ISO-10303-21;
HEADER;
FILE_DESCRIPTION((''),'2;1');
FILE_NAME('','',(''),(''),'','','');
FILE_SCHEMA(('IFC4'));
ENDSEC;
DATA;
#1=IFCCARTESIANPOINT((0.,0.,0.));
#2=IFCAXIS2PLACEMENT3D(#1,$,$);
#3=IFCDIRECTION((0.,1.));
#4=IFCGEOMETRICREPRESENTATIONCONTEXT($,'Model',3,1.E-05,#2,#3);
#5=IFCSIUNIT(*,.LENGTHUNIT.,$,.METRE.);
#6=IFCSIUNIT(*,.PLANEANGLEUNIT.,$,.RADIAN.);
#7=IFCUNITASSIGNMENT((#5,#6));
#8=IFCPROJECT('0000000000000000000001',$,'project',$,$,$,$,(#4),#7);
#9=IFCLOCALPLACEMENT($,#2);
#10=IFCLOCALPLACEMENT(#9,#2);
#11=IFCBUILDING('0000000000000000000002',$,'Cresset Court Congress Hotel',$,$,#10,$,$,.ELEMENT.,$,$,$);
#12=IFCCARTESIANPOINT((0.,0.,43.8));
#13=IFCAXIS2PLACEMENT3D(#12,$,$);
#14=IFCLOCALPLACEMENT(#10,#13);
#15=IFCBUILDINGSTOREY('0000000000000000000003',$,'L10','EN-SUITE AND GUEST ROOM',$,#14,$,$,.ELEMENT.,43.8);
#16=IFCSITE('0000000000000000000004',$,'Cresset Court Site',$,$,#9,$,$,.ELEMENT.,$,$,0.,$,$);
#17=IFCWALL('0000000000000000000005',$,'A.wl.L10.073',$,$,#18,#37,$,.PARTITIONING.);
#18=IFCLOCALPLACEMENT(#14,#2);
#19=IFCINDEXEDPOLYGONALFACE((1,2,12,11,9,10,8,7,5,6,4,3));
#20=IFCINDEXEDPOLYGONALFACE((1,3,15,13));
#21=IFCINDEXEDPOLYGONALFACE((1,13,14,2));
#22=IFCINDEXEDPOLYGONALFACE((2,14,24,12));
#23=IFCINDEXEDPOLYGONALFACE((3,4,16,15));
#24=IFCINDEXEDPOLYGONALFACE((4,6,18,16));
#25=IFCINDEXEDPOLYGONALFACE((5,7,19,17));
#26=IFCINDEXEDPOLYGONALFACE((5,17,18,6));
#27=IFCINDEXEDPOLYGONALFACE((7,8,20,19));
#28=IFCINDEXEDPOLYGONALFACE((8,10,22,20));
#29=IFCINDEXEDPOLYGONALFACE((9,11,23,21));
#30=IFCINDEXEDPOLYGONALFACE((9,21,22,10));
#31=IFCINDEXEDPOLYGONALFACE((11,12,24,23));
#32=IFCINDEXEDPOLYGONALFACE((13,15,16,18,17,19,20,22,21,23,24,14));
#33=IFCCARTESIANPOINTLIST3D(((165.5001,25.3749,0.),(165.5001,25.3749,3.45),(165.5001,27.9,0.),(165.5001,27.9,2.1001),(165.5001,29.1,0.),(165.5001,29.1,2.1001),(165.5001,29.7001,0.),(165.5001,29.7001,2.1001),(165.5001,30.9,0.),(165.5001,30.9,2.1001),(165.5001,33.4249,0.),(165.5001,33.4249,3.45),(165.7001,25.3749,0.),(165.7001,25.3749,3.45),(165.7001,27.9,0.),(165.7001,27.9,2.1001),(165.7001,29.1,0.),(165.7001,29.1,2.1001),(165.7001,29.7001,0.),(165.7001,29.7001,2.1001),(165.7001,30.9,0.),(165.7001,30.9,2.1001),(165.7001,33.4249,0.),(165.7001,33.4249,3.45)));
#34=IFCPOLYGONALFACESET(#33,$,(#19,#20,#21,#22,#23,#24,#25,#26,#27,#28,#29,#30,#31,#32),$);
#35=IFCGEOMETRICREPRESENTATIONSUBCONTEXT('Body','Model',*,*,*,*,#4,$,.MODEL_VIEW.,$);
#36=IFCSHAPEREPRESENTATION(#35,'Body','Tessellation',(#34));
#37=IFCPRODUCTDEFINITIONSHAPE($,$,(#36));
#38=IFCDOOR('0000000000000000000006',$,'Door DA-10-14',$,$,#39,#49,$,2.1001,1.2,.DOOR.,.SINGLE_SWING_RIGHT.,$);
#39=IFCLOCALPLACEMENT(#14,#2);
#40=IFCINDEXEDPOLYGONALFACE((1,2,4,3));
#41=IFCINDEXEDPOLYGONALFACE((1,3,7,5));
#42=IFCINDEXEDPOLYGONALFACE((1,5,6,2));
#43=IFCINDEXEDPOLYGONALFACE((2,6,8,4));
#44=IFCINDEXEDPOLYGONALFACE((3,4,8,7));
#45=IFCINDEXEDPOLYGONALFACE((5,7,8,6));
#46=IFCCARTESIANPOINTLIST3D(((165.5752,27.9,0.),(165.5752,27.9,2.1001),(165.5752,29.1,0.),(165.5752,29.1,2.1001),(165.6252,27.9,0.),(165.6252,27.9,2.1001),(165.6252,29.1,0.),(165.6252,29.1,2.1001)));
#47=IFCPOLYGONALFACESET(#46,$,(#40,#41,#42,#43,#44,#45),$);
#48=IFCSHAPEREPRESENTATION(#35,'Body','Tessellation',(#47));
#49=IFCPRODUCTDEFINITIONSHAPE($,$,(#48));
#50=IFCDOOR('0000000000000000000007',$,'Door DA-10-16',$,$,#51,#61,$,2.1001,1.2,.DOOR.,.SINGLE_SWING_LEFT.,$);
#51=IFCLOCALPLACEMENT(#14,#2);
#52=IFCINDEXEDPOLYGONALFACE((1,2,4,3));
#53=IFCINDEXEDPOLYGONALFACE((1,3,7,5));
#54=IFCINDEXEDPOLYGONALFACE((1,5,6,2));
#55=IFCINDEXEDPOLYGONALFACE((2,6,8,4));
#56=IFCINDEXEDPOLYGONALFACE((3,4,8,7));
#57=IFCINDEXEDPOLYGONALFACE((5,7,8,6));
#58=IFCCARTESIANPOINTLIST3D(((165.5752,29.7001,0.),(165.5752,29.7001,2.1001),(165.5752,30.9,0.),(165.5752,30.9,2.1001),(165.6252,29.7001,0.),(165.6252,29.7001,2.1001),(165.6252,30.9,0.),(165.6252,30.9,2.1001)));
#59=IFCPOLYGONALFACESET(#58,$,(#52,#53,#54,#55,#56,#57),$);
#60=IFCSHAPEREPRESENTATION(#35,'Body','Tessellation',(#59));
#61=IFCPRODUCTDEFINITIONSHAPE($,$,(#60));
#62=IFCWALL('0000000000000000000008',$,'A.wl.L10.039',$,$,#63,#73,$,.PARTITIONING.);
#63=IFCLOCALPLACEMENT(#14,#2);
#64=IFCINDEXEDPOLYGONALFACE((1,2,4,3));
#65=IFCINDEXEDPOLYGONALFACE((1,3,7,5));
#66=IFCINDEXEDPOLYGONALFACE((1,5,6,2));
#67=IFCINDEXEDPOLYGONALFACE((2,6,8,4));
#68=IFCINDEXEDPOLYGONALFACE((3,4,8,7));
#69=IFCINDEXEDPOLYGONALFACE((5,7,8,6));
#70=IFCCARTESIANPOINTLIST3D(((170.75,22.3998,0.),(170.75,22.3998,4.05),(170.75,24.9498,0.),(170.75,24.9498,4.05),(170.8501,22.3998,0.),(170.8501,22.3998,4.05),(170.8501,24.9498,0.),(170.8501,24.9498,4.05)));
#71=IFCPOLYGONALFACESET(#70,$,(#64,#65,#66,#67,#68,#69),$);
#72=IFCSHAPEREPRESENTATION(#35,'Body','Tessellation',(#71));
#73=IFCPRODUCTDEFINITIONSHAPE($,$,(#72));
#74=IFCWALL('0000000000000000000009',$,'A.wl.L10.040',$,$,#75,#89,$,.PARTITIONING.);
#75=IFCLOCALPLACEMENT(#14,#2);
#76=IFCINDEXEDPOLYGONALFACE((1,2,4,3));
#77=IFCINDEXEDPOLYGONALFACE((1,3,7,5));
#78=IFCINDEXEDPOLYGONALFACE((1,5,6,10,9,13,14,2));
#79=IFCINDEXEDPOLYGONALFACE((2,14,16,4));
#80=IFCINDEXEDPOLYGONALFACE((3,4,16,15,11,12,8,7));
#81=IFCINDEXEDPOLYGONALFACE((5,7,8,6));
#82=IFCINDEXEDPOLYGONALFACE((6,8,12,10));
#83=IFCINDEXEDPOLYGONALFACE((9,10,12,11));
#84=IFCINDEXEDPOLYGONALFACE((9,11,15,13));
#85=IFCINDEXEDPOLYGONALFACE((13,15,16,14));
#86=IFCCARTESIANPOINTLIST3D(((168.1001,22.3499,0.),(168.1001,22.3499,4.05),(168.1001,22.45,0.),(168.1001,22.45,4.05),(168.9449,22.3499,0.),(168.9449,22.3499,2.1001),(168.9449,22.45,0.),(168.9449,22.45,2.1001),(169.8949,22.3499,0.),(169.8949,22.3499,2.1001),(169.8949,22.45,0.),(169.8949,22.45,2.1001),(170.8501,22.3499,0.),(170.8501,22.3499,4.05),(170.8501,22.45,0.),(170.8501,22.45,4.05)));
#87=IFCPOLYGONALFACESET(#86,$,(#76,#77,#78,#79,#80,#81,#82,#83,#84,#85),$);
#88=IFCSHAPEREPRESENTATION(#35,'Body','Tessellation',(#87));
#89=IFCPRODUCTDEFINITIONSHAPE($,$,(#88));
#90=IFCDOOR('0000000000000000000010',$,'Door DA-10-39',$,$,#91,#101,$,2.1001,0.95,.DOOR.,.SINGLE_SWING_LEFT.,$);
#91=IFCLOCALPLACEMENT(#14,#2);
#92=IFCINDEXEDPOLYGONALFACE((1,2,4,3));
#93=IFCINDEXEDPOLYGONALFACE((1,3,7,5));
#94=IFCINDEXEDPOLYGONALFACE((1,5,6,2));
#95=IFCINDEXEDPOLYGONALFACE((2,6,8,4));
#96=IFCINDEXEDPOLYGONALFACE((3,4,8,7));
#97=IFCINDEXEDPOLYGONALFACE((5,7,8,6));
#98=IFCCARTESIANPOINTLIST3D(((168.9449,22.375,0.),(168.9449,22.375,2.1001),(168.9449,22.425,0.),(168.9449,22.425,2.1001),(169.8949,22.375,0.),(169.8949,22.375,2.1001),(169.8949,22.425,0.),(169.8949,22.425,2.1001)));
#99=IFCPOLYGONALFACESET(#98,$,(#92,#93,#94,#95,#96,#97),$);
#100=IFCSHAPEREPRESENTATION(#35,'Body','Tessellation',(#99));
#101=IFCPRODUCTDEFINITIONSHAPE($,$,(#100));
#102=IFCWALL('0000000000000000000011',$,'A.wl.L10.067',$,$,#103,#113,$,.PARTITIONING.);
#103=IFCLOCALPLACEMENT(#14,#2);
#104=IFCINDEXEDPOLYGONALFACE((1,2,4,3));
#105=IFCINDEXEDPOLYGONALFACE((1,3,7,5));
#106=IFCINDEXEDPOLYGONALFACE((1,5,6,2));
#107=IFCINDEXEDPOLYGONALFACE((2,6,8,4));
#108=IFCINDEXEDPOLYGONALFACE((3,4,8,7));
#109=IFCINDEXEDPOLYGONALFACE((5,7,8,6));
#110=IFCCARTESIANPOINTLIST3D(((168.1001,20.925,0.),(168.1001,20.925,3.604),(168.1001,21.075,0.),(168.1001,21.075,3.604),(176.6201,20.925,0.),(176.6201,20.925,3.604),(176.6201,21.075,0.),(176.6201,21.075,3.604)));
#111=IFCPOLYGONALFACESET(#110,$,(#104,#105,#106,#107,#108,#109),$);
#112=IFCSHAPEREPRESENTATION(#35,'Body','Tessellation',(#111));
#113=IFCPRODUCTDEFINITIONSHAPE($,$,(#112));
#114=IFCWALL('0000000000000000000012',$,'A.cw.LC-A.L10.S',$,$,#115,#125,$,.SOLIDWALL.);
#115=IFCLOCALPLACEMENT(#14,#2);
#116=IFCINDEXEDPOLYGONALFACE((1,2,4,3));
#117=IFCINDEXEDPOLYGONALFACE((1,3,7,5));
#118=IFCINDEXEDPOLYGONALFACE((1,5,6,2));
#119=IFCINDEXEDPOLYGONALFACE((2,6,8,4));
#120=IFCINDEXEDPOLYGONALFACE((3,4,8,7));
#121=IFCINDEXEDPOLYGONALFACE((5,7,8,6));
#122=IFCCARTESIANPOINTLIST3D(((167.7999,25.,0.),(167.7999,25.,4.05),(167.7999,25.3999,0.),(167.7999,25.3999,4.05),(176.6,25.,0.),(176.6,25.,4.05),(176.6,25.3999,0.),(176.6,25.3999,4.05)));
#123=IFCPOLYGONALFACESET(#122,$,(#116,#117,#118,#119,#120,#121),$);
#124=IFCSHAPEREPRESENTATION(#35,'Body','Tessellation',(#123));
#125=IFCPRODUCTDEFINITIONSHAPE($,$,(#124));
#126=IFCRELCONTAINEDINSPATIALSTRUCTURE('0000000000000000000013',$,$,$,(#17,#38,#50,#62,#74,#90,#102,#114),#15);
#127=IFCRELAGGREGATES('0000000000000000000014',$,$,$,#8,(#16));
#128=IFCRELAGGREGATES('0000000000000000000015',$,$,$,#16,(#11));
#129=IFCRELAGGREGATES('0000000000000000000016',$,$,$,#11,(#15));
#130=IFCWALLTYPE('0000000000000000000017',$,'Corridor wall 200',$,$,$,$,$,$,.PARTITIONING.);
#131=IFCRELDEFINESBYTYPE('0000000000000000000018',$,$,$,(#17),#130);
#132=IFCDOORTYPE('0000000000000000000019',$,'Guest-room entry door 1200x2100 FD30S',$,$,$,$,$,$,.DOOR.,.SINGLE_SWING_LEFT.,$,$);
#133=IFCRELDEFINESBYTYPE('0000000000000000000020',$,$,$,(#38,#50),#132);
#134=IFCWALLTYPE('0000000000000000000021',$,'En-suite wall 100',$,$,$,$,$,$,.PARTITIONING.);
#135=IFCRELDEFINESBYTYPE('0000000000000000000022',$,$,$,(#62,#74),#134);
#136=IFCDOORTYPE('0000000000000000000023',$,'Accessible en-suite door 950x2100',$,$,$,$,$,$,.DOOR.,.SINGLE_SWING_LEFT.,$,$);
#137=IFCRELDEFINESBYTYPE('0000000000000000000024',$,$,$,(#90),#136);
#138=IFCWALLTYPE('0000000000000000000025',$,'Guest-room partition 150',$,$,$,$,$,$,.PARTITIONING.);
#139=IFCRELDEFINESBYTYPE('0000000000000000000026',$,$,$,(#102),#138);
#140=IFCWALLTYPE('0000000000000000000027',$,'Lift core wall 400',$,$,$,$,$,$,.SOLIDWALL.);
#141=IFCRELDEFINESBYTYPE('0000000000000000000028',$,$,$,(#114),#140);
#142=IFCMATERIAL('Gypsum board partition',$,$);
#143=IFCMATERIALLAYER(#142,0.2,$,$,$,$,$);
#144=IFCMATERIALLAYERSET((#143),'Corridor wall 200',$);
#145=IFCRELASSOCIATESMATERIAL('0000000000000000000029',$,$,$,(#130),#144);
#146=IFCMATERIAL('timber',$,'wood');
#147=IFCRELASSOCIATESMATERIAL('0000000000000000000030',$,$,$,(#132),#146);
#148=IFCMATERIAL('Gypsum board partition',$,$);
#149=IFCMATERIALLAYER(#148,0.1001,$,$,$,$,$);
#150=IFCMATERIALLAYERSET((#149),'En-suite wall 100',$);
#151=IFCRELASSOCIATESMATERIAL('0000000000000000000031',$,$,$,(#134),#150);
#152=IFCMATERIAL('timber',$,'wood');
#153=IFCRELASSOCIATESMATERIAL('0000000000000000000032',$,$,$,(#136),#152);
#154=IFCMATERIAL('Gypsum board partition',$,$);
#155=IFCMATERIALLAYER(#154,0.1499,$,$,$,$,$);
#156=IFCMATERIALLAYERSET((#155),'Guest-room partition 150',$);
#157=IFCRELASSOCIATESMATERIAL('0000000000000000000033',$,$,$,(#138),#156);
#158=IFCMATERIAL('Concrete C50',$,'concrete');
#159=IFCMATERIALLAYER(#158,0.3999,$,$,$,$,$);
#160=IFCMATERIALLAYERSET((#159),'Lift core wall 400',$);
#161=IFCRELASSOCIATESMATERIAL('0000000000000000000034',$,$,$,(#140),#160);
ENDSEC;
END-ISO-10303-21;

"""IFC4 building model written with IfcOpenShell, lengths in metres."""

from ifc_helpers import new_model, si_unit, direction, frame, frame_2d, origin, place, context, subcontext, project, spatial, rectangle, extrude, material, layer, layer_set, type_object, element, fill, save


model = new_model("IFC4")

# Units and contexts
model_context = context("Model", 3, precision=1e-05, world=origin(), true_north=direction((0.0, 1.0)))
body_context = subcontext(model_context, "Body", "Model", "MODEL_VIEW")
ifc_project = project(units=[si_unit("LENGTHUNIT", "METRE"), si_unit("PLANEANGLEUNIT", "RADIAN")], contexts=[model_context])

# Site, building, storey
site_placement = place(None, origin())
site = spatial("IfcSite", under=ifc_project, at=site_placement, Name="Cresset Court Site", CompositionType="ELEMENT", RefElevation=0.0)
building_placement = place(site_placement, origin())
building = spatial("IfcBuilding", under=site, at=building_placement, Name="Cresset Court Congress Hotel", CompositionType="ELEMENT")
storey_placement = place(building_placement, frame((0.0, 0.0, 43.8)))
storey = spatial("IfcBuildingStorey", under=building, at=storey_placement, Name="L10", Description="EN-SUITE AND GUEST ROOM", CompositionType="ELEMENT", Elevation=43.8)

# Wall, openings, doors
ifc_material_1 = material(Name="Gypsum board partition")
ifc_layer_1 = layer(ifc_material_1, 0.2)
ifc_layer_set_1 = layer_set([ifc_layer_1], Name="Corridor wall 200")
wall_type_1 = type_object("IfcWallType", Name="Corridor wall 200", PredefinedType="PARTITIONING", material=ifc_layer_set_1)
wall_1_placement = place(storey_placement, frame((165.6001, 25.375, 0.0), z_axis=(0.0, 0.0, 1.0), x_axis=(0.0, 1.0, 0.0)))
wall_1 = element("IfcWall", 1, at=wall_1_placement, inside=storey, type_object=wall_type_1, Name="A.wl.L10.073", PredefinedType="PARTITIONING", context=body_context, shape_type="SweptSolid", body=[
    extrude(rectangle(XDim=8.05, YDim=0.2, at=frame_2d((4.0249, 0.0))), origin(), (0.0, 0.0, 1.0), 3.45),
])
opening_1_placement = place(wall_1_placement, frame((2.5249, 0.0, 0.0)))
opening_1 = element("IfcOpeningElement", 2, at=opening_1_placement, cuts=wall_1, PredefinedType="OPENING", context=body_context, shape_type="SweptSolid", body=[
    extrude(rectangle(XDim=1.2, YDim=2.1001, at=frame_2d((0.6001, 1.05))), frame((0.0, 0.1099, 0.0), z_axis=(0.0, -1.0, 0.0), x_axis=(1.0, 0.0, 0.0)), (0.0, 0.0, 1.0), 0.22),
])
opening_2_placement = place(wall_1_placement, frame((4.325, 0.0, 0.0)))
opening_2 = element("IfcOpeningElement", 3, at=opening_2_placement, cuts=wall_1, PredefinedType="OPENING", context=body_context, shape_type="SweptSolid", body=[
    extrude(rectangle(XDim=1.2, YDim=2.1001, at=frame_2d((0.6001, 1.05))), frame((0.0, 0.1099, 0.0), z_axis=(0.0, -1.0, 0.0), x_axis=(1.0, 0.0, 0.0)), (0.0, 0.0, 1.0), 0.22),
])
ifc_material_2 = material(Name="timber", Category="wood")
door_type_1 = type_object("IfcDoorType", Name="Guest-room entry door 1200x2100 FD30S", OperationType="SINGLE_SWING_LEFT", PredefinedType="DOOR", material=ifc_material_2)
door_1_placement = place(opening_1_placement, origin())
door_1 = element("IfcDoor", 4, at=door_1_placement, inside=storey, type_object=door_type_1, Name="Door DA-10-14", OperationType="SINGLE_SWING_RIGHT", OverallHeight=2.1001, OverallWidth=1.2, PredefinedType="DOOR", context=body_context, shape_type="SweptSolid", body=[
    extrude(rectangle(XDim=1.2, YDim=2.1001, at=frame_2d((0.6001, 1.05))), frame((0.0, 0.0249, 0.0), z_axis=(0.0, -1.0, 0.0), x_axis=(1.0, 0.0, 0.0)), (0.0, 0.0, 1.0), 0.05),
])
fill(opening_1, door_1)
door_2_placement = place(opening_2_placement, origin())
door_2 = element("IfcDoor", 5, at=door_2_placement, inside=storey, type_object=door_type_1, Name="Door DA-10-16", OperationType="SINGLE_SWING_LEFT", OverallHeight=2.1001, OverallWidth=1.2, PredefinedType="DOOR", context=body_context, shape_type="SweptSolid", body=[
    extrude(rectangle(XDim=1.2, YDim=2.1001, at=frame_2d((0.6001, 1.05))), frame((0.0, 0.0249, 0.0), z_axis=(0.0, -1.0, 0.0), x_axis=(1.0, 0.0, 0.0)), (0.0, 0.0, 1.0), 0.05),
])
fill(opening_2, door_2)

# Wall
ifc_material_3 = material(Name="Gypsum board partition")
ifc_layer_2 = layer(ifc_material_3, 0.1001)
ifc_layer_set_2 = layer_set([ifc_layer_2], Name="En-suite wall 100")
wall_type_2 = type_object("IfcWallType", Name="En-suite wall 100", PredefinedType="PARTITIONING", material=ifc_layer_set_2)
wall_2_placement = place(storey_placement, frame((170.8, 22.3999, 0.0), z_axis=(0.0, 0.0, 1.0), x_axis=(0.0, 1.0, 0.0)))
element("IfcWall", 6, at=wall_2_placement, inside=storey, type_object=wall_type_2, Name="A.wl.L10.039", PredefinedType="PARTITIONING", context=body_context, shape_type="SweptSolid", body=[
    extrude(rectangle(XDim=2.55, YDim=0.1001, at=frame_2d((1.2749, 0.0))), origin(), (0.0, 0.0, 1.0), 4.05),
])

# Wall, opening, door
wall_3_placement = place(storey_placement, frame((170.8501, 22.3999, 0.0), z_axis=(0.0, 0.0, 1.0), x_axis=(-1.0, 0.0, 0.0)))
wall_3 = element("IfcWall", 7, at=wall_3_placement, inside=storey, type_object=wall_type_2, Name="A.wl.L10.040", PredefinedType="PARTITIONING", context=body_context, shape_type="SweptSolid", body=[
    extrude(rectangle(XDim=2.75, YDim=0.1001, at=frame_2d((1.375, 0.0))), origin(), (0.0, 0.0, 1.0), 4.05),
])
opening_3_placement = place(wall_3_placement, frame((0.9551, 0.0, 0.0)))
opening_3 = element("IfcOpeningElement", 8, at=opening_3_placement, cuts=wall_3, PredefinedType="OPENING", context=body_context, shape_type="SweptSolid", body=[
    extrude(rectangle(XDim=0.95, YDim=2.1001, at=frame_2d((0.4751, 1.05))), frame((0.0, 0.0601, 0.0), z_axis=(0.0, -1.0, 0.0), x_axis=(1.0, 0.0, 0.0)), (0.0, 0.0, 1.0), 0.1201),
])
ifc_material_4 = material(Name="timber", Category="wood")
door_type_2 = type_object("IfcDoorType", Name="Accessible en-suite door 950x2100", OperationType="SINGLE_SWING_LEFT", PredefinedType="DOOR", material=ifc_material_4)
door_3_placement = place(opening_3_placement, origin())
door_3 = element("IfcDoor", 9, at=door_3_placement, inside=storey, type_object=door_type_2, Name="Door DA-10-39", OperationType="SINGLE_SWING_LEFT", OverallHeight=2.1001, OverallWidth=0.95, PredefinedType="DOOR", context=body_context, shape_type="SweptSolid", body=[
    extrude(rectangle(XDim=0.95, YDim=2.1001, at=frame_2d((0.4751, 1.05))), frame((0.0, 0.0249, 0.0), z_axis=(0.0, -1.0, 0.0), x_axis=(1.0, 0.0, 0.0)), (0.0, 0.0, 1.0), 0.05),
])
fill(opening_3, door_3)

# Walls
ifc_material_5 = material(Name="Gypsum board partition")
ifc_layer_3 = layer(ifc_material_5, 0.1499)
ifc_layer_set_3 = layer_set([ifc_layer_3], Name="Guest-room partition 150")
wall_type_3 = type_object("IfcWallType", Name="Guest-room partition 150", PredefinedType="PARTITIONING", material=ifc_layer_set_3)
wall_4_placement = place(storey_placement, frame((168.1001, 21.0, 0.0), z_axis=(0.0, 0.0, 1.0), x_axis=(1.0, 0.0, 0.0)))
element("IfcWall", 10, at=wall_4_placement, inside=storey, type_object=wall_type_3, Name="A.wl.L10.067", PredefinedType="PARTITIONING", context=body_context, shape_type="SweptSolid", body=[
    extrude(rectangle(XDim=8.52, YDim=0.1499, at=frame_2d((4.26, 0.0))), origin(), (0.0, 0.0, 1.0), 3.604),
])
ifc_material_6 = material(Name="Concrete C50", Category="concrete")
ifc_layer_4 = layer(ifc_material_6, 0.3999)
ifc_layer_set_4 = layer_set([ifc_layer_4], Name="Lift core wall 400")
wall_type_4 = type_object("IfcWallType", Name="Lift core wall 400", PredefinedType="SOLIDWALL", material=ifc_layer_set_4)
wall_5_placement = place(storey_placement, frame((167.8, 25.2, 0.0), z_axis=(0.0, 0.0, 1.0), x_axis=(1.0, 0.0, 0.0)))
element("IfcWall", 11, at=wall_5_placement, inside=storey, type_object=wall_type_4, Name="A.cw.LC-A.L10.S", PredefinedType="SOLIDWALL", context=body_context, shape_type="SweptSolid", body=[
    extrude(rectangle(XDim=8.8, YDim=0.3999, at=frame_2d((4.3999, 0.0))), origin(), (0.0, 0.0, 1.0), 4.05),
])

save(model, "model.ifc")
